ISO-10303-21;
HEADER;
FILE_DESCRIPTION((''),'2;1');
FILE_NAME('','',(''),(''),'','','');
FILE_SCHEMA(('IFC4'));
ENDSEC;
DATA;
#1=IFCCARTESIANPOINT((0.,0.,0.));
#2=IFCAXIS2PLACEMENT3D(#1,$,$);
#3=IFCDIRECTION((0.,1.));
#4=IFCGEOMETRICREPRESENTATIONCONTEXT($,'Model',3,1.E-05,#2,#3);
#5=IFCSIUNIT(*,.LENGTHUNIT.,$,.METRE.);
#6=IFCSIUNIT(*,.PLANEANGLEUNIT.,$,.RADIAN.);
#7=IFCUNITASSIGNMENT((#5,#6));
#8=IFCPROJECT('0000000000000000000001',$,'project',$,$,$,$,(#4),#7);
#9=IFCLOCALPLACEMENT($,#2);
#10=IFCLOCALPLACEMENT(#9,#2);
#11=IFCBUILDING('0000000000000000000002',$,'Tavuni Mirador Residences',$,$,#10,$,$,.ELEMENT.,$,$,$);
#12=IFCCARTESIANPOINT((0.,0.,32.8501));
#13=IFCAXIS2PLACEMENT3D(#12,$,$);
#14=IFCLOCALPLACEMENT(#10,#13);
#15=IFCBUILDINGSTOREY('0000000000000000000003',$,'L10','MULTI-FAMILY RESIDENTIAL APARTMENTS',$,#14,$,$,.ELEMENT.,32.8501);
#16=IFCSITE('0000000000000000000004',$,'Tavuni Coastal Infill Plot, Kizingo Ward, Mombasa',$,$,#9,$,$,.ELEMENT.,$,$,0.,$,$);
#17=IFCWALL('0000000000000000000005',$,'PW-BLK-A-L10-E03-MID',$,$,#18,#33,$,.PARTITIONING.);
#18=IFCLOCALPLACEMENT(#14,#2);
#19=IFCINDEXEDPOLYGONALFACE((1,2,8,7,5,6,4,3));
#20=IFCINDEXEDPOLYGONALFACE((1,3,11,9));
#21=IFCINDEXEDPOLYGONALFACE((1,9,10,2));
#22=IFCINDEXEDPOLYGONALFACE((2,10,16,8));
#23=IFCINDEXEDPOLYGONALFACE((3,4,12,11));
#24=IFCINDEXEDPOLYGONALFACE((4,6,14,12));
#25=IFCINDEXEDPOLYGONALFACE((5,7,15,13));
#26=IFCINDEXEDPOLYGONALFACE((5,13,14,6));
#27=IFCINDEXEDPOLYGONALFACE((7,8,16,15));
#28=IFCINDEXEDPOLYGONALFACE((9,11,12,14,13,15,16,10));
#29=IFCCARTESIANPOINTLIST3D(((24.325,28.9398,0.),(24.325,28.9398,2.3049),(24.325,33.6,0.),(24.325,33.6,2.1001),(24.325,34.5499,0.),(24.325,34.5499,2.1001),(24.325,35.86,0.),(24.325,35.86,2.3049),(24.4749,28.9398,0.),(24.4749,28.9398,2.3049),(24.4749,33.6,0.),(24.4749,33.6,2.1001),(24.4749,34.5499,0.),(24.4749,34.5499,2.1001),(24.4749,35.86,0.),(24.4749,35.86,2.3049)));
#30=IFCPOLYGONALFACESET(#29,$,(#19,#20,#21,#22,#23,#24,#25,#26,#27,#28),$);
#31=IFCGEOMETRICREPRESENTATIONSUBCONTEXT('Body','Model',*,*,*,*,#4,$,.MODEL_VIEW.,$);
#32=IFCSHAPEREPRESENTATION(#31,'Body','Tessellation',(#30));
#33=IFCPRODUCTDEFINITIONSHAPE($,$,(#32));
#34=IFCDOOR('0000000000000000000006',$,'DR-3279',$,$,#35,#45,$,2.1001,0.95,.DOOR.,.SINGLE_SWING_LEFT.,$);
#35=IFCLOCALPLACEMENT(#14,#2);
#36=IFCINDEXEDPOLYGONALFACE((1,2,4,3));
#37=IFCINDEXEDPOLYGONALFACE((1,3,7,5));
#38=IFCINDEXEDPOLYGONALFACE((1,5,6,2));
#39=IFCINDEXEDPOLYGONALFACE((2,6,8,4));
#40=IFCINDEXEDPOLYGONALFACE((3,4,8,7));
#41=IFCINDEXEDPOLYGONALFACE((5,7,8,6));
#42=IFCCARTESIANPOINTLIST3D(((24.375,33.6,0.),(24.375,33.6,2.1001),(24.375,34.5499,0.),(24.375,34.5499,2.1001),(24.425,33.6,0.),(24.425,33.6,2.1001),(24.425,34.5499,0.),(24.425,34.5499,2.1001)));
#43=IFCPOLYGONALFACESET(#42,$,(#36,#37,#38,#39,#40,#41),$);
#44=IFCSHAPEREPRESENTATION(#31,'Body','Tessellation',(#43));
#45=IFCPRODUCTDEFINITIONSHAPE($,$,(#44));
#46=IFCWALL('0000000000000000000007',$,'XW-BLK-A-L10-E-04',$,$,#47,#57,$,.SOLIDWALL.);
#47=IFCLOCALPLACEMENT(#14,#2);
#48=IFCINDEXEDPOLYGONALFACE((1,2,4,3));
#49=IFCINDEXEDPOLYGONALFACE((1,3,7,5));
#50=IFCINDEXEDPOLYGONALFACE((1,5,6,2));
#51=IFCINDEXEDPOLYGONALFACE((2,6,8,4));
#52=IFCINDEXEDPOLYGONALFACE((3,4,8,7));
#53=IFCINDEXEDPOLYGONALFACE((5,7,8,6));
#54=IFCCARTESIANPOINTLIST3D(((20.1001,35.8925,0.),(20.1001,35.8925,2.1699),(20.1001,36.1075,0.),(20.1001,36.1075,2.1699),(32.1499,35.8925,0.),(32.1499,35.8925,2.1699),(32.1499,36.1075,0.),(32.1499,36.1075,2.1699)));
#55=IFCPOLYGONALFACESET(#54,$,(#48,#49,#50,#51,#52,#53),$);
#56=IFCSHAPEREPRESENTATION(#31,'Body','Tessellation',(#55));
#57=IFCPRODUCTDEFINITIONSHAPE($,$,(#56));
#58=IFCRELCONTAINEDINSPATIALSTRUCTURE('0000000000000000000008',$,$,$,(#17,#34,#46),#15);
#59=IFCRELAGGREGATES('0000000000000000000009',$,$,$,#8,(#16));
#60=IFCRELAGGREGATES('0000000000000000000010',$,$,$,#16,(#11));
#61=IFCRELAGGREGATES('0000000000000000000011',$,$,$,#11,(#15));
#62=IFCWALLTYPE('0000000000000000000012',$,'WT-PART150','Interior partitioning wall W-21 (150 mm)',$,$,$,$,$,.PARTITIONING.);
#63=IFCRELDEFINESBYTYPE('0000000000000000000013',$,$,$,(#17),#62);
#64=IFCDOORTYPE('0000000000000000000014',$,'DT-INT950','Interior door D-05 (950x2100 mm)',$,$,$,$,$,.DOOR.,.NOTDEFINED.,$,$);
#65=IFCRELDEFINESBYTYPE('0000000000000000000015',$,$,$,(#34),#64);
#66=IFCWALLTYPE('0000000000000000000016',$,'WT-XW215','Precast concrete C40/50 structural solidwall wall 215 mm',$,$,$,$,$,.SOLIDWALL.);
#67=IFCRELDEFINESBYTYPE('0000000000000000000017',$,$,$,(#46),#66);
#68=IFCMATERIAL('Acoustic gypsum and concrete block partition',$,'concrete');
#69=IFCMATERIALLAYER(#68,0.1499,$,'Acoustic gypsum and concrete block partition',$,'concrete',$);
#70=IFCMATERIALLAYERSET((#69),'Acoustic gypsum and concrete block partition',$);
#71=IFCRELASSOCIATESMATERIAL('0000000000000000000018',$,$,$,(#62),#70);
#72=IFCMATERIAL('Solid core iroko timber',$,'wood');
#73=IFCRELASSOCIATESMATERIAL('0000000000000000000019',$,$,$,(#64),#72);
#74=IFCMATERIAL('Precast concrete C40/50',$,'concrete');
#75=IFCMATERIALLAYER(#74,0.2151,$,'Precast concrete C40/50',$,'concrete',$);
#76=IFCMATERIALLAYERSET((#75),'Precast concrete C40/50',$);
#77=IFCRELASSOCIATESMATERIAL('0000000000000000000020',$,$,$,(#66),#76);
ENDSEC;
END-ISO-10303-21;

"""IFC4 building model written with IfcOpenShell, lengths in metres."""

from ifc_helpers import new_model, si_unit, direction, frame, frame_2d, origin, place, context, subcontext, project, spatial, rectangle, extrude, material, layer, layer_set, type_object, element, fill, save


model = new_model("IFC4")

# Units and contexts
model_context = context("Model", 3, precision=1e-05, world=origin(), true_north=direction((0.0, 1.0)))
body_context = subcontext(model_context, "Body", "Model", "MODEL_VIEW")
ifc_project = project(units=[si_unit("LENGTHUNIT", "METRE"), si_unit("PLANEANGLEUNIT", "RADIAN")], contexts=[model_context])

# Site, building, storey
site_placement = place(None, origin())
site = spatial("IfcSite", under=ifc_project, at=site_placement, Name="Tavuni Coastal Infill Plot, Kizingo Ward, Mombasa", CompositionType="ELEMENT", RefElevation=0.0)
building_placement = place(site_placement, origin())
building = spatial("IfcBuilding", under=site, at=building_placement, Name="Tavuni Mirador Residences", CompositionType="ELEMENT")
storey_placement = place(building_placement, frame((0.0, 0.0, 32.8501)))
storey = spatial("IfcBuildingStorey", under=building, at=storey_placement, Name="L10", Description="MULTI-FAMILY RESIDENTIAL APARTMENTS", CompositionType="ELEMENT", Elevation=32.8501)

# Shared definitions
ifc_material_1 = material(Name="Precast concrete C40/50", Category="concrete")

# Wall, opening, door
ifc_material_2 = material(Name="Solid core iroko timber", Category="wood")
ifc_material_3 = material(Name="Acoustic gypsum and concrete block partition", Category="concrete")
ifc_layer_1 = layer(ifc_material_3, 0.1499, Name="Acoustic gypsum and concrete block partition", Category="concrete")
ifc_layer_set_1 = layer_set([ifc_layer_1], Name="Acoustic gypsum and concrete block partition")
wall_type_1 = type_object("IfcWallType", Name="WT-PART150", Description="Interior partitioning wall W-21 (150 mm)", PredefinedType="PARTITIONING", material=ifc_layer_set_1)
wall_1_placement = place(storey_placement, frame((24.3999, 28.9399, 0.0), z_axis=(0.0, 0.0, 1.0), x_axis=(0.0, 1.0, 0.0)))
wall_1 = element("IfcWall", 1, at=wall_1_placement, inside=storey, type_object=wall_type_1, Name="PW-BLK-A-L10-E03-MID", PredefinedType="PARTITIONING", context=body_context, shape_type="SweptSolid", body=[
    extrude(rectangle(XDim=6.9202, YDim=0.1499, at=frame_2d((3.46, 0.0))), origin(), (0.0, 0.0, 1.0), 2.3049),
])
opening_1_placement = place(wall_1_placement, frame((4.6599, 0.0, 0.0)))
opening_1 = element("IfcOpeningElement", 2, at=opening_1_placement, cuts=wall_1, PredefinedType="OPENING", context=body_context, shape_type="SweptSolid", body=[
    extrude(rectangle(XDim=0.95, YDim=2.1001, at=frame_2d((0.4751, 1.05))), frame((0.0, 0.085, 0.0), z_axis=(0.0, -1.0, 0.0), x_axis=(1.0, 0.0, 0.0)), (0.0, 0.0, 1.0), 0.1699),
])
door_type_1 = type_object("IfcDoorType", Name="DT-INT950", Description="Interior door D-05 (950x2100 mm)", OperationType="NOTDEFINED", PredefinedType="DOOR", material=ifc_material_2)
door_1_placement = place(opening_1_placement, origin())
door_1 = element("IfcDoor", 3, at=door_1_placement, inside=storey, type_object=door_type_1, Name="DR-3279", OperationType="SINGLE_SWING_LEFT", OverallHeight=2.1001, OverallWidth=0.95, PredefinedType="DOOR", context=body_context, shape_type="SweptSolid", body=[
    extrude(rectangle(XDim=0.95, YDim=2.1001, at=frame_2d((0.4751, 1.05))), frame((0.0, 0.0249, 0.0), z_axis=(0.0, -1.0, 0.0), x_axis=(1.0, 0.0, 0.0)), (0.0, 0.0, 1.0), 0.05),
])
fill(opening_1, door_1)

# Wall
ifc_layer_2 = layer(ifc_material_1, 0.2151, Name="Precast concrete C40/50", Category="concrete")
ifc_layer_set_2 = layer_set([ifc_layer_2], Name="Precast concrete C40/50")
wall_type_2 = type_object("IfcWallType", Name="WT-XW215", Description="Precast concrete C40/50 structural solidwall wall 215 mm", PredefinedType="SOLIDWALL", material=ifc_layer_set_2)
wall_2_placement = place(storey_placement, frame((20.1001, 36.0, 0.0), z_axis=(0.0, 0.0, 1.0), x_axis=(1.0, 0.0, 0.0)))
element("IfcWall", 4, at=wall_2_placement, inside=storey, type_object=wall_type_2, Name="XW-BLK-A-L10-E-04", PredefinedType="SOLIDWALL", context=body_context, shape_type="SweptSolid", body=[
    extrude(rectangle(XDim=12.0498, YDim=0.2151, at=frame_2d((6.0249, 0.0))), origin(), (0.0, 0.0, 1.0), 2.1699),
])

save(model, "model.ifc")
